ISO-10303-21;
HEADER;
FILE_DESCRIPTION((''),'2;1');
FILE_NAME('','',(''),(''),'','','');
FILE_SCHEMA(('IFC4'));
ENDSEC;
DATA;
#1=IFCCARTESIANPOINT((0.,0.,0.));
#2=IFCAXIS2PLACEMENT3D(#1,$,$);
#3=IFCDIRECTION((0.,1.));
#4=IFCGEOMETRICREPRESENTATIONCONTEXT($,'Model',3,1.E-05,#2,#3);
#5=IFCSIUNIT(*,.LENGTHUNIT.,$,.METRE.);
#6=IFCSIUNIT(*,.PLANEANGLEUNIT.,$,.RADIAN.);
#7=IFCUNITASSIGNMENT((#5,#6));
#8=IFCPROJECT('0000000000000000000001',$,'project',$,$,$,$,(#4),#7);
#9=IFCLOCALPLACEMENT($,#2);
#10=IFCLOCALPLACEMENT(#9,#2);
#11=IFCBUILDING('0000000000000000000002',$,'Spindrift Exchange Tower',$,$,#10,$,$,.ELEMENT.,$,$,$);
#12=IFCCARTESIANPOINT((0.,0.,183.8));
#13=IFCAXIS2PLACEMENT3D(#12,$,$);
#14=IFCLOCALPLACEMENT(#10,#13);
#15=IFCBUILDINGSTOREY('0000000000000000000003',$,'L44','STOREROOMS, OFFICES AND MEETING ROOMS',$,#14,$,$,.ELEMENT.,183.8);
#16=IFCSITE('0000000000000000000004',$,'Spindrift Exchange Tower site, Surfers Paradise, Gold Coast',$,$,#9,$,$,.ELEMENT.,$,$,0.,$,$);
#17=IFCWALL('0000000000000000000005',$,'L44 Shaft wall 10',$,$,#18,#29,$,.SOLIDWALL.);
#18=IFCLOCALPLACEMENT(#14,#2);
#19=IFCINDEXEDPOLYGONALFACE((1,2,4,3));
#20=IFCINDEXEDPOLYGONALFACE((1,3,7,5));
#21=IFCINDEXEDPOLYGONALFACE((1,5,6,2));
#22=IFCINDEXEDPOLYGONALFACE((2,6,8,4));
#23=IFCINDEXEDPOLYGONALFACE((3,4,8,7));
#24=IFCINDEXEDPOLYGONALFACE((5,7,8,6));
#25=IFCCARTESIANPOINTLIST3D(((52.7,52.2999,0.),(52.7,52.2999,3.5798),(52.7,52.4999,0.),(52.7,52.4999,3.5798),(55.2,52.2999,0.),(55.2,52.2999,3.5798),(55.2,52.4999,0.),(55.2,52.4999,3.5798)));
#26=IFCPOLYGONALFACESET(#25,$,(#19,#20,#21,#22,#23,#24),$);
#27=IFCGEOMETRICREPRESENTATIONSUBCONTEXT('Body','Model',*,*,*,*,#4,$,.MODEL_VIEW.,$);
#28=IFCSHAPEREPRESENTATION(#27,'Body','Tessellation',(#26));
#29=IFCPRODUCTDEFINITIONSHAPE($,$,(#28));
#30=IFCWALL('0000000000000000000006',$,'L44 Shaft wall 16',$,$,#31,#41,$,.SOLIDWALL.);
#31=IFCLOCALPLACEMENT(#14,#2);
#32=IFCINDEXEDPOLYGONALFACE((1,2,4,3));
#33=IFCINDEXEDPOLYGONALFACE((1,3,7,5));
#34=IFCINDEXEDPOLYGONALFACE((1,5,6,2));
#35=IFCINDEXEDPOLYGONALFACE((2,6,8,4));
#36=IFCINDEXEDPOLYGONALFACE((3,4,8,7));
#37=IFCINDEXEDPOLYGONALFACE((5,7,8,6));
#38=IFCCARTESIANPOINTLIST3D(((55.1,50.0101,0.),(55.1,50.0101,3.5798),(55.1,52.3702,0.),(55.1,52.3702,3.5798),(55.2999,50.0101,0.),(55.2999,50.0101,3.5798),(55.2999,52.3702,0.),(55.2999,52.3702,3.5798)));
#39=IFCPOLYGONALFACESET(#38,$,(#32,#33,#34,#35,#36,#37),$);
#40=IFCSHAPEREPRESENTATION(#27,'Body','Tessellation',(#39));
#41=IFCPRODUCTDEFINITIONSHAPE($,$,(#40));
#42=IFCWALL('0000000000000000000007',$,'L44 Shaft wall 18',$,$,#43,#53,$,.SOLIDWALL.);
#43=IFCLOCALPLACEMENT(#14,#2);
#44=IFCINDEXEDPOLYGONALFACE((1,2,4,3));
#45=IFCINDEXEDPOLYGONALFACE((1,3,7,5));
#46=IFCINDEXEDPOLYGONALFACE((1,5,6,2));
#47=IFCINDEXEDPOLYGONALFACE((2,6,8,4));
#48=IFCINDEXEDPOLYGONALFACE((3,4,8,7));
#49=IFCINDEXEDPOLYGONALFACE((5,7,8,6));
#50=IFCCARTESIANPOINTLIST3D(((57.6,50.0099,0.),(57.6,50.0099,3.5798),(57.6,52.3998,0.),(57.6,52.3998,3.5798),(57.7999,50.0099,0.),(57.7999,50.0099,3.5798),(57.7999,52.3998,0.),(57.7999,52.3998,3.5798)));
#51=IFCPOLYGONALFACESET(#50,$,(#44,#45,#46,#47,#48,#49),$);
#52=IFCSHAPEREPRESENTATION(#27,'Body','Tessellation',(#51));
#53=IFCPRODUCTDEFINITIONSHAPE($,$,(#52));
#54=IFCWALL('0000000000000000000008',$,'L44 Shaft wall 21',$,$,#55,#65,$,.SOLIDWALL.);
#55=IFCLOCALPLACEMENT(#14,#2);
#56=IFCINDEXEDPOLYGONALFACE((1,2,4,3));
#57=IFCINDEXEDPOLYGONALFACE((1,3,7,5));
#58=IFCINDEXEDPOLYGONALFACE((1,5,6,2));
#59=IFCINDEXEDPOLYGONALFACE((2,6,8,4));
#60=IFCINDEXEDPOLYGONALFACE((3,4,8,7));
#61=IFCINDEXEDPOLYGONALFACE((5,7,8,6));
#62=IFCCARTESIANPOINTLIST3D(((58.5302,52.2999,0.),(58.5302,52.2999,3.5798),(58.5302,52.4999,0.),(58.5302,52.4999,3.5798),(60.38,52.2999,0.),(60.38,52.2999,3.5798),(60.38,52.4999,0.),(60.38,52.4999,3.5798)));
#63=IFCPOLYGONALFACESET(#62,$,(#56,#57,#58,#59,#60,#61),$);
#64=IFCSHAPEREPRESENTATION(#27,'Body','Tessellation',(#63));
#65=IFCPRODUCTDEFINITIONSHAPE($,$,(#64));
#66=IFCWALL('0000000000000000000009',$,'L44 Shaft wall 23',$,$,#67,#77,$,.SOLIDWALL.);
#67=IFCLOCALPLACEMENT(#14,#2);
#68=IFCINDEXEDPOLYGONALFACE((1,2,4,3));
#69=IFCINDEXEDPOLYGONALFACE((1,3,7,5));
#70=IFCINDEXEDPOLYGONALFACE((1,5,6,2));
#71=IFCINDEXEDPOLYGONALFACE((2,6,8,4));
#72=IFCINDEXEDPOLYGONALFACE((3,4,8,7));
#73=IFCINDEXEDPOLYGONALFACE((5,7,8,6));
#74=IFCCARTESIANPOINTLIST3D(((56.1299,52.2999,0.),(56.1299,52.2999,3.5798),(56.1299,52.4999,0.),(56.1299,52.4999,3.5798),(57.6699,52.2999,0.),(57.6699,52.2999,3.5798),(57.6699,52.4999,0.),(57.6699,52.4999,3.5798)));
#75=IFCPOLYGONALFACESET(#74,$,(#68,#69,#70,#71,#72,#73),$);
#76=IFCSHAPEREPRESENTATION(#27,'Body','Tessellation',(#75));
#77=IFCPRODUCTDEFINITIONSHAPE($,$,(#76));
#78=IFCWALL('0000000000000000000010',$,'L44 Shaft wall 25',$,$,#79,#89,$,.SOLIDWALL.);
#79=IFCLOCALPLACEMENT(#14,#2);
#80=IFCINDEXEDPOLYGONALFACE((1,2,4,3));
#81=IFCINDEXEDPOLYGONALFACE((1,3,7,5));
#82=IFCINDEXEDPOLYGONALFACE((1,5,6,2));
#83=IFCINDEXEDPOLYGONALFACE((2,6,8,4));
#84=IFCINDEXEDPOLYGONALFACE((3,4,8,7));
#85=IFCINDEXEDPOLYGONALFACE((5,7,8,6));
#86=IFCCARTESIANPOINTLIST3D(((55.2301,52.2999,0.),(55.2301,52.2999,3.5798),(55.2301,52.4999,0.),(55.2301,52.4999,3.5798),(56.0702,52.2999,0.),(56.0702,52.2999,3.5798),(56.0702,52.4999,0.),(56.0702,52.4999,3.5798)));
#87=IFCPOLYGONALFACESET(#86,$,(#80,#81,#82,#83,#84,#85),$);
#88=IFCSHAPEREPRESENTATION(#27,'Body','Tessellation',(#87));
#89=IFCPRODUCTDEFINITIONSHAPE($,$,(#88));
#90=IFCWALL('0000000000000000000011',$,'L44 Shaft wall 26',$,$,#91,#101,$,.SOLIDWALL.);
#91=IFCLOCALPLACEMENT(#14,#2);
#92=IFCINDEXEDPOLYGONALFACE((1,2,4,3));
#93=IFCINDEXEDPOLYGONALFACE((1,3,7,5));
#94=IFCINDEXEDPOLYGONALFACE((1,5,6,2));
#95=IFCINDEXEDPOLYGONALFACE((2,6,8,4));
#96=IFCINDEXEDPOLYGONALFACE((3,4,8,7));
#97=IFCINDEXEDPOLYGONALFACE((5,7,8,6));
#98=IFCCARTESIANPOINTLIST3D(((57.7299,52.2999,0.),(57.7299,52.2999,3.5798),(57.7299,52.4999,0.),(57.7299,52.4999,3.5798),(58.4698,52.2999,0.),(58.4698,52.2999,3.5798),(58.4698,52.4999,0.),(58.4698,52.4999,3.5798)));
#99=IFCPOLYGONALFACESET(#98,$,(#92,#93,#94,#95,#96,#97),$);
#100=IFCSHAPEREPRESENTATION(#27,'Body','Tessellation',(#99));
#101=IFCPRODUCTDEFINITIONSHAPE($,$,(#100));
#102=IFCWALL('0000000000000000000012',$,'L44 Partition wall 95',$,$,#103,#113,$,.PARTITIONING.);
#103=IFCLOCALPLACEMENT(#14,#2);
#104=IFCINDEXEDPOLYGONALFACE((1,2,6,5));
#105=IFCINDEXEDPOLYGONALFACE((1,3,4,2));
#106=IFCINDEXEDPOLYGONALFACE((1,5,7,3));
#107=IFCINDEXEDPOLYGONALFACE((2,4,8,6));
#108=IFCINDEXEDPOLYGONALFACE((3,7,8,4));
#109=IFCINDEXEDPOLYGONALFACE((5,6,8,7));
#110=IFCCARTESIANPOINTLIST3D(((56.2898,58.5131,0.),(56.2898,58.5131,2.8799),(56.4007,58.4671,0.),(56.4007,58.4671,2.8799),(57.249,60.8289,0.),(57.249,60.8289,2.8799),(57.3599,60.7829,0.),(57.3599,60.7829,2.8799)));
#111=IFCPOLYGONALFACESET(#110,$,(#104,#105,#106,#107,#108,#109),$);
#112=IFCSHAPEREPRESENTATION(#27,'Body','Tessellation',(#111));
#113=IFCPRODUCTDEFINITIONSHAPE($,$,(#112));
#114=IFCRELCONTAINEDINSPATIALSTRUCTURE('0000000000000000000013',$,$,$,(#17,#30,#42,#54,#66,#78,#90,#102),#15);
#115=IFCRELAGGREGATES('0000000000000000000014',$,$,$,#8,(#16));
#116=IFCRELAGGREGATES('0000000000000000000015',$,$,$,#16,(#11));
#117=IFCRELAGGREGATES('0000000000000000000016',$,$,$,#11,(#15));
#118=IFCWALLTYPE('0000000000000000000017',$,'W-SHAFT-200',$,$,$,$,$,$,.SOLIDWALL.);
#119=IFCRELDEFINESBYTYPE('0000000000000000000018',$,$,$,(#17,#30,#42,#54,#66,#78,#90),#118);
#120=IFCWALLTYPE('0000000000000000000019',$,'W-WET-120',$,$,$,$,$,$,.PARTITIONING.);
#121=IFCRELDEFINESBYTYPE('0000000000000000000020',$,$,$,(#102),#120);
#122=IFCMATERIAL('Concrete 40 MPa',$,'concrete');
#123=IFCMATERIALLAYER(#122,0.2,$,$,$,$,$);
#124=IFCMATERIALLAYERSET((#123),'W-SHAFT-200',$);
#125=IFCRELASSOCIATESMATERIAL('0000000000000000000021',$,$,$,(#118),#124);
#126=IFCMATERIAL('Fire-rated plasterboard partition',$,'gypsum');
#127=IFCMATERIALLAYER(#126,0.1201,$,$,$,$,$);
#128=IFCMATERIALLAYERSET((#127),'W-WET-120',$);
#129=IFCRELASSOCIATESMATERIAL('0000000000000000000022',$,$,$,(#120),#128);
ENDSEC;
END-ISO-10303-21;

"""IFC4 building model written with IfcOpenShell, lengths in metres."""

from ifc_helpers import new_model, si_unit, direction, frame, frame_2d, origin, place, context, subcontext, project, spatial, rectangle, extrude, material, layer, layer_set, type_object, element, save


model = new_model("IFC4")

# Units and contexts
model_context = context("Model", 3, precision=1e-05, world=origin(), true_north=direction((0.0, 1.0)))
body_context = subcontext(model_context, "Body", "Model", "MODEL_VIEW")
ifc_project = project(units=[si_unit("LENGTHUNIT", "METRE"), si_unit("PLANEANGLEUNIT", "RADIAN")], contexts=[model_context])

# Site, building, storey
site_placement = place(None, origin())
site = spatial("IfcSite", under=ifc_project, at=site_placement, Name="Spindrift Exchange Tower site, Surfers Paradise, Gold Coast", CompositionType="ELEMENT", RefElevation=0.0)
building_placement = place(site_placement, origin())
building = spatial("IfcBuilding", under=site, at=building_placement, Name="Spindrift Exchange Tower", CompositionType="ELEMENT")
storey_placement = place(building_placement, frame((0.0, 0.0, 183.8)))
storey = spatial("IfcBuildingStorey", under=building, at=storey_placement, Name="L44", Description="STOREROOMS, OFFICES AND MEETING ROOMS", CompositionType="ELEMENT", Elevation=183.8)

# Shared definitions
ifc_material_1 = material(Name="Fire-rated plasterboard partition", Category="gypsum")

# Shared definitions
ifc_material_2 = material(Name="Concrete 40 MPa", Category="concrete")
ifc_layer_1 = layer(ifc_material_2, 0.2)
ifc_layer_set_1 = layer_set([ifc_layer_1], Name="W-SHAFT-200")
wall_type_1 = type_object("IfcWallType", Name="W-SHAFT-200", PredefinedType="SOLIDWALL", material=ifc_layer_set_1)

# Walls
wall_1_placement = place(storey_placement, frame((55.2, 52.3999, 0.0), z_axis=(0.0, 0.0, 1.0), x_axis=(-1.0, 0.0, 0.0)))
element("IfcWall", 1, at=wall_1_placement, inside=storey, type_object=wall_type_1, Name="L44 Shaft wall 10", PredefinedType="SOLIDWALL", context=body_context, shape_type="SweptSolid", body=[
    extrude(rectangle(XDim=2.5, YDim=0.2, at=frame_2d((1.25, 0.0))), origin(), (0.0, 0.0, 1.0), 3.5798),
])
wall_2_placement = place(storey_placement, frame((55.2, 50.01, 0.0), z_axis=(0.0, 0.0, 1.0), x_axis=(0.0, 1.0, 0.0)))
element("IfcWall", 2, at=wall_2_placement, inside=storey, type_object=wall_type_1, Name="L44 Shaft wall 16", PredefinedType="SOLIDWALL", context=body_context, shape_type="SweptSolid", body=[
    extrude(rectangle(XDim=2.3601, YDim=0.2, at=frame_2d((1.1802, 0.0))), origin(), (0.0, 0.0, 1.0), 3.5798),
])
wall_3_placement = place(storey_placement, frame((57.7, 50.01, 0.0), z_axis=(0.0, 0.0, 1.0), x_axis=(0.0, 1.0, 0.0)))
element("IfcWall", 3, at=wall_3_placement, inside=storey, type_object=wall_type_1, Name="L44 Shaft wall 18", PredefinedType="SOLIDWALL", context=body_context, shape_type="SweptSolid", body=[
    extrude(rectangle(XDim=2.3899, YDim=0.2, at=frame_2d((1.1948, 0.0))), origin(), (0.0, 0.0, 1.0), 3.5798),
])
wall_4_placement = place(storey_placement, frame((60.3799, 52.3999, 0.0), z_axis=(0.0, 0.0, 1.0), x_axis=(-1.0, 0.0, 0.0)))
element("IfcWall", 4, at=wall_4_placement, inside=storey, type_object=wall_type_1, Name="L44 Shaft wall 21", PredefinedType="SOLIDWALL", context=body_context, shape_type="SweptSolid", body=[
    extrude(rectangle(XDim=1.8499, YDim=0.2, at=frame_2d((0.9248, 0.0))), origin(), (0.0, 0.0, 1.0), 3.5798),
])
wall_5_placement = place(storey_placement, frame((57.6699, 52.3999, 0.0), z_axis=(0.0, 0.0, 1.0), x_axis=(-1.0, 0.0, 0.0)))
element("IfcWall", 5, at=wall_5_placement, inside=storey, type_object=wall_type_1, Name="L44 Shaft wall 23", PredefinedType="SOLIDWALL", context=body_context, shape_type="SweptSolid", body=[
    extrude(rectangle(XDim=1.54, YDim=0.2, at=frame_2d((0.77, 0.0))), origin(), (0.0, 0.0, 1.0), 3.5798),
])
wall_6_placement = place(storey_placement, frame((56.0701, 52.3999, 0.0), z_axis=(0.0, 0.0, 1.0), x_axis=(-1.0, 0.0, 0.0)))
element("IfcWall", 6, at=wall_6_placement, inside=storey, type_object=wall_type_1, Name="L44 Shaft wall 25", PredefinedType="SOLIDWALL", context=body_context, shape_type="SweptSolid", body=[
    extrude(rectangle(XDim=0.8401, YDim=0.2, at=frame_2d((0.4199, 0.0))), origin(), (0.0, 0.0, 1.0), 3.5798),
])
wall_7_placement = place(storey_placement, frame((58.47, 52.3999, 0.0), z_axis=(0.0, 0.0, 1.0), x_axis=(-1.0, 0.0, 0.0)))
element("IfcWall", 7, at=wall_7_placement, inside=storey, type_object=wall_type_1, Name="L44 Shaft wall 26", PredefinedType="SOLIDWALL", context=body_context, shape_type="SweptSolid", body=[
    extrude(rectangle(XDim=0.74, YDim=0.2, at=frame_2d((0.3701, 0.0))), origin(), (0.0, 0.0, 1.0), 3.5798),
])
ifc_layer_2 = layer(ifc_material_1, 0.1201)
ifc_layer_set_2 = layer_set([ifc_layer_2], Name="W-WET-120")
wall_type_2 = type_object("IfcWallType", Name="W-WET-120", PredefinedType="PARTITIONING", material=ifc_layer_set_2)
wall_8_placement = place(storey_placement, frame((56.3452, 58.49, 0.0), z_axis=(0.0, 0.0, 1.0), x_axis=(0.382664, 0.923887, 0.0)))
element("IfcWall", 8, at=wall_8_placement, inside=storey, type_object=wall_type_2, Name="L44 Partition wall 95", PredefinedType="PARTITIONING", context=body_context, shape_type="SweptSolid", body=[
    extrude(rectangle(XDim=2.5066, YDim=0.1201, at=frame_2d((1.2534, 0.0))), origin(), (0.0, 0.0, 1.0), 2.8799),
])

save(model, "model.ifc")
